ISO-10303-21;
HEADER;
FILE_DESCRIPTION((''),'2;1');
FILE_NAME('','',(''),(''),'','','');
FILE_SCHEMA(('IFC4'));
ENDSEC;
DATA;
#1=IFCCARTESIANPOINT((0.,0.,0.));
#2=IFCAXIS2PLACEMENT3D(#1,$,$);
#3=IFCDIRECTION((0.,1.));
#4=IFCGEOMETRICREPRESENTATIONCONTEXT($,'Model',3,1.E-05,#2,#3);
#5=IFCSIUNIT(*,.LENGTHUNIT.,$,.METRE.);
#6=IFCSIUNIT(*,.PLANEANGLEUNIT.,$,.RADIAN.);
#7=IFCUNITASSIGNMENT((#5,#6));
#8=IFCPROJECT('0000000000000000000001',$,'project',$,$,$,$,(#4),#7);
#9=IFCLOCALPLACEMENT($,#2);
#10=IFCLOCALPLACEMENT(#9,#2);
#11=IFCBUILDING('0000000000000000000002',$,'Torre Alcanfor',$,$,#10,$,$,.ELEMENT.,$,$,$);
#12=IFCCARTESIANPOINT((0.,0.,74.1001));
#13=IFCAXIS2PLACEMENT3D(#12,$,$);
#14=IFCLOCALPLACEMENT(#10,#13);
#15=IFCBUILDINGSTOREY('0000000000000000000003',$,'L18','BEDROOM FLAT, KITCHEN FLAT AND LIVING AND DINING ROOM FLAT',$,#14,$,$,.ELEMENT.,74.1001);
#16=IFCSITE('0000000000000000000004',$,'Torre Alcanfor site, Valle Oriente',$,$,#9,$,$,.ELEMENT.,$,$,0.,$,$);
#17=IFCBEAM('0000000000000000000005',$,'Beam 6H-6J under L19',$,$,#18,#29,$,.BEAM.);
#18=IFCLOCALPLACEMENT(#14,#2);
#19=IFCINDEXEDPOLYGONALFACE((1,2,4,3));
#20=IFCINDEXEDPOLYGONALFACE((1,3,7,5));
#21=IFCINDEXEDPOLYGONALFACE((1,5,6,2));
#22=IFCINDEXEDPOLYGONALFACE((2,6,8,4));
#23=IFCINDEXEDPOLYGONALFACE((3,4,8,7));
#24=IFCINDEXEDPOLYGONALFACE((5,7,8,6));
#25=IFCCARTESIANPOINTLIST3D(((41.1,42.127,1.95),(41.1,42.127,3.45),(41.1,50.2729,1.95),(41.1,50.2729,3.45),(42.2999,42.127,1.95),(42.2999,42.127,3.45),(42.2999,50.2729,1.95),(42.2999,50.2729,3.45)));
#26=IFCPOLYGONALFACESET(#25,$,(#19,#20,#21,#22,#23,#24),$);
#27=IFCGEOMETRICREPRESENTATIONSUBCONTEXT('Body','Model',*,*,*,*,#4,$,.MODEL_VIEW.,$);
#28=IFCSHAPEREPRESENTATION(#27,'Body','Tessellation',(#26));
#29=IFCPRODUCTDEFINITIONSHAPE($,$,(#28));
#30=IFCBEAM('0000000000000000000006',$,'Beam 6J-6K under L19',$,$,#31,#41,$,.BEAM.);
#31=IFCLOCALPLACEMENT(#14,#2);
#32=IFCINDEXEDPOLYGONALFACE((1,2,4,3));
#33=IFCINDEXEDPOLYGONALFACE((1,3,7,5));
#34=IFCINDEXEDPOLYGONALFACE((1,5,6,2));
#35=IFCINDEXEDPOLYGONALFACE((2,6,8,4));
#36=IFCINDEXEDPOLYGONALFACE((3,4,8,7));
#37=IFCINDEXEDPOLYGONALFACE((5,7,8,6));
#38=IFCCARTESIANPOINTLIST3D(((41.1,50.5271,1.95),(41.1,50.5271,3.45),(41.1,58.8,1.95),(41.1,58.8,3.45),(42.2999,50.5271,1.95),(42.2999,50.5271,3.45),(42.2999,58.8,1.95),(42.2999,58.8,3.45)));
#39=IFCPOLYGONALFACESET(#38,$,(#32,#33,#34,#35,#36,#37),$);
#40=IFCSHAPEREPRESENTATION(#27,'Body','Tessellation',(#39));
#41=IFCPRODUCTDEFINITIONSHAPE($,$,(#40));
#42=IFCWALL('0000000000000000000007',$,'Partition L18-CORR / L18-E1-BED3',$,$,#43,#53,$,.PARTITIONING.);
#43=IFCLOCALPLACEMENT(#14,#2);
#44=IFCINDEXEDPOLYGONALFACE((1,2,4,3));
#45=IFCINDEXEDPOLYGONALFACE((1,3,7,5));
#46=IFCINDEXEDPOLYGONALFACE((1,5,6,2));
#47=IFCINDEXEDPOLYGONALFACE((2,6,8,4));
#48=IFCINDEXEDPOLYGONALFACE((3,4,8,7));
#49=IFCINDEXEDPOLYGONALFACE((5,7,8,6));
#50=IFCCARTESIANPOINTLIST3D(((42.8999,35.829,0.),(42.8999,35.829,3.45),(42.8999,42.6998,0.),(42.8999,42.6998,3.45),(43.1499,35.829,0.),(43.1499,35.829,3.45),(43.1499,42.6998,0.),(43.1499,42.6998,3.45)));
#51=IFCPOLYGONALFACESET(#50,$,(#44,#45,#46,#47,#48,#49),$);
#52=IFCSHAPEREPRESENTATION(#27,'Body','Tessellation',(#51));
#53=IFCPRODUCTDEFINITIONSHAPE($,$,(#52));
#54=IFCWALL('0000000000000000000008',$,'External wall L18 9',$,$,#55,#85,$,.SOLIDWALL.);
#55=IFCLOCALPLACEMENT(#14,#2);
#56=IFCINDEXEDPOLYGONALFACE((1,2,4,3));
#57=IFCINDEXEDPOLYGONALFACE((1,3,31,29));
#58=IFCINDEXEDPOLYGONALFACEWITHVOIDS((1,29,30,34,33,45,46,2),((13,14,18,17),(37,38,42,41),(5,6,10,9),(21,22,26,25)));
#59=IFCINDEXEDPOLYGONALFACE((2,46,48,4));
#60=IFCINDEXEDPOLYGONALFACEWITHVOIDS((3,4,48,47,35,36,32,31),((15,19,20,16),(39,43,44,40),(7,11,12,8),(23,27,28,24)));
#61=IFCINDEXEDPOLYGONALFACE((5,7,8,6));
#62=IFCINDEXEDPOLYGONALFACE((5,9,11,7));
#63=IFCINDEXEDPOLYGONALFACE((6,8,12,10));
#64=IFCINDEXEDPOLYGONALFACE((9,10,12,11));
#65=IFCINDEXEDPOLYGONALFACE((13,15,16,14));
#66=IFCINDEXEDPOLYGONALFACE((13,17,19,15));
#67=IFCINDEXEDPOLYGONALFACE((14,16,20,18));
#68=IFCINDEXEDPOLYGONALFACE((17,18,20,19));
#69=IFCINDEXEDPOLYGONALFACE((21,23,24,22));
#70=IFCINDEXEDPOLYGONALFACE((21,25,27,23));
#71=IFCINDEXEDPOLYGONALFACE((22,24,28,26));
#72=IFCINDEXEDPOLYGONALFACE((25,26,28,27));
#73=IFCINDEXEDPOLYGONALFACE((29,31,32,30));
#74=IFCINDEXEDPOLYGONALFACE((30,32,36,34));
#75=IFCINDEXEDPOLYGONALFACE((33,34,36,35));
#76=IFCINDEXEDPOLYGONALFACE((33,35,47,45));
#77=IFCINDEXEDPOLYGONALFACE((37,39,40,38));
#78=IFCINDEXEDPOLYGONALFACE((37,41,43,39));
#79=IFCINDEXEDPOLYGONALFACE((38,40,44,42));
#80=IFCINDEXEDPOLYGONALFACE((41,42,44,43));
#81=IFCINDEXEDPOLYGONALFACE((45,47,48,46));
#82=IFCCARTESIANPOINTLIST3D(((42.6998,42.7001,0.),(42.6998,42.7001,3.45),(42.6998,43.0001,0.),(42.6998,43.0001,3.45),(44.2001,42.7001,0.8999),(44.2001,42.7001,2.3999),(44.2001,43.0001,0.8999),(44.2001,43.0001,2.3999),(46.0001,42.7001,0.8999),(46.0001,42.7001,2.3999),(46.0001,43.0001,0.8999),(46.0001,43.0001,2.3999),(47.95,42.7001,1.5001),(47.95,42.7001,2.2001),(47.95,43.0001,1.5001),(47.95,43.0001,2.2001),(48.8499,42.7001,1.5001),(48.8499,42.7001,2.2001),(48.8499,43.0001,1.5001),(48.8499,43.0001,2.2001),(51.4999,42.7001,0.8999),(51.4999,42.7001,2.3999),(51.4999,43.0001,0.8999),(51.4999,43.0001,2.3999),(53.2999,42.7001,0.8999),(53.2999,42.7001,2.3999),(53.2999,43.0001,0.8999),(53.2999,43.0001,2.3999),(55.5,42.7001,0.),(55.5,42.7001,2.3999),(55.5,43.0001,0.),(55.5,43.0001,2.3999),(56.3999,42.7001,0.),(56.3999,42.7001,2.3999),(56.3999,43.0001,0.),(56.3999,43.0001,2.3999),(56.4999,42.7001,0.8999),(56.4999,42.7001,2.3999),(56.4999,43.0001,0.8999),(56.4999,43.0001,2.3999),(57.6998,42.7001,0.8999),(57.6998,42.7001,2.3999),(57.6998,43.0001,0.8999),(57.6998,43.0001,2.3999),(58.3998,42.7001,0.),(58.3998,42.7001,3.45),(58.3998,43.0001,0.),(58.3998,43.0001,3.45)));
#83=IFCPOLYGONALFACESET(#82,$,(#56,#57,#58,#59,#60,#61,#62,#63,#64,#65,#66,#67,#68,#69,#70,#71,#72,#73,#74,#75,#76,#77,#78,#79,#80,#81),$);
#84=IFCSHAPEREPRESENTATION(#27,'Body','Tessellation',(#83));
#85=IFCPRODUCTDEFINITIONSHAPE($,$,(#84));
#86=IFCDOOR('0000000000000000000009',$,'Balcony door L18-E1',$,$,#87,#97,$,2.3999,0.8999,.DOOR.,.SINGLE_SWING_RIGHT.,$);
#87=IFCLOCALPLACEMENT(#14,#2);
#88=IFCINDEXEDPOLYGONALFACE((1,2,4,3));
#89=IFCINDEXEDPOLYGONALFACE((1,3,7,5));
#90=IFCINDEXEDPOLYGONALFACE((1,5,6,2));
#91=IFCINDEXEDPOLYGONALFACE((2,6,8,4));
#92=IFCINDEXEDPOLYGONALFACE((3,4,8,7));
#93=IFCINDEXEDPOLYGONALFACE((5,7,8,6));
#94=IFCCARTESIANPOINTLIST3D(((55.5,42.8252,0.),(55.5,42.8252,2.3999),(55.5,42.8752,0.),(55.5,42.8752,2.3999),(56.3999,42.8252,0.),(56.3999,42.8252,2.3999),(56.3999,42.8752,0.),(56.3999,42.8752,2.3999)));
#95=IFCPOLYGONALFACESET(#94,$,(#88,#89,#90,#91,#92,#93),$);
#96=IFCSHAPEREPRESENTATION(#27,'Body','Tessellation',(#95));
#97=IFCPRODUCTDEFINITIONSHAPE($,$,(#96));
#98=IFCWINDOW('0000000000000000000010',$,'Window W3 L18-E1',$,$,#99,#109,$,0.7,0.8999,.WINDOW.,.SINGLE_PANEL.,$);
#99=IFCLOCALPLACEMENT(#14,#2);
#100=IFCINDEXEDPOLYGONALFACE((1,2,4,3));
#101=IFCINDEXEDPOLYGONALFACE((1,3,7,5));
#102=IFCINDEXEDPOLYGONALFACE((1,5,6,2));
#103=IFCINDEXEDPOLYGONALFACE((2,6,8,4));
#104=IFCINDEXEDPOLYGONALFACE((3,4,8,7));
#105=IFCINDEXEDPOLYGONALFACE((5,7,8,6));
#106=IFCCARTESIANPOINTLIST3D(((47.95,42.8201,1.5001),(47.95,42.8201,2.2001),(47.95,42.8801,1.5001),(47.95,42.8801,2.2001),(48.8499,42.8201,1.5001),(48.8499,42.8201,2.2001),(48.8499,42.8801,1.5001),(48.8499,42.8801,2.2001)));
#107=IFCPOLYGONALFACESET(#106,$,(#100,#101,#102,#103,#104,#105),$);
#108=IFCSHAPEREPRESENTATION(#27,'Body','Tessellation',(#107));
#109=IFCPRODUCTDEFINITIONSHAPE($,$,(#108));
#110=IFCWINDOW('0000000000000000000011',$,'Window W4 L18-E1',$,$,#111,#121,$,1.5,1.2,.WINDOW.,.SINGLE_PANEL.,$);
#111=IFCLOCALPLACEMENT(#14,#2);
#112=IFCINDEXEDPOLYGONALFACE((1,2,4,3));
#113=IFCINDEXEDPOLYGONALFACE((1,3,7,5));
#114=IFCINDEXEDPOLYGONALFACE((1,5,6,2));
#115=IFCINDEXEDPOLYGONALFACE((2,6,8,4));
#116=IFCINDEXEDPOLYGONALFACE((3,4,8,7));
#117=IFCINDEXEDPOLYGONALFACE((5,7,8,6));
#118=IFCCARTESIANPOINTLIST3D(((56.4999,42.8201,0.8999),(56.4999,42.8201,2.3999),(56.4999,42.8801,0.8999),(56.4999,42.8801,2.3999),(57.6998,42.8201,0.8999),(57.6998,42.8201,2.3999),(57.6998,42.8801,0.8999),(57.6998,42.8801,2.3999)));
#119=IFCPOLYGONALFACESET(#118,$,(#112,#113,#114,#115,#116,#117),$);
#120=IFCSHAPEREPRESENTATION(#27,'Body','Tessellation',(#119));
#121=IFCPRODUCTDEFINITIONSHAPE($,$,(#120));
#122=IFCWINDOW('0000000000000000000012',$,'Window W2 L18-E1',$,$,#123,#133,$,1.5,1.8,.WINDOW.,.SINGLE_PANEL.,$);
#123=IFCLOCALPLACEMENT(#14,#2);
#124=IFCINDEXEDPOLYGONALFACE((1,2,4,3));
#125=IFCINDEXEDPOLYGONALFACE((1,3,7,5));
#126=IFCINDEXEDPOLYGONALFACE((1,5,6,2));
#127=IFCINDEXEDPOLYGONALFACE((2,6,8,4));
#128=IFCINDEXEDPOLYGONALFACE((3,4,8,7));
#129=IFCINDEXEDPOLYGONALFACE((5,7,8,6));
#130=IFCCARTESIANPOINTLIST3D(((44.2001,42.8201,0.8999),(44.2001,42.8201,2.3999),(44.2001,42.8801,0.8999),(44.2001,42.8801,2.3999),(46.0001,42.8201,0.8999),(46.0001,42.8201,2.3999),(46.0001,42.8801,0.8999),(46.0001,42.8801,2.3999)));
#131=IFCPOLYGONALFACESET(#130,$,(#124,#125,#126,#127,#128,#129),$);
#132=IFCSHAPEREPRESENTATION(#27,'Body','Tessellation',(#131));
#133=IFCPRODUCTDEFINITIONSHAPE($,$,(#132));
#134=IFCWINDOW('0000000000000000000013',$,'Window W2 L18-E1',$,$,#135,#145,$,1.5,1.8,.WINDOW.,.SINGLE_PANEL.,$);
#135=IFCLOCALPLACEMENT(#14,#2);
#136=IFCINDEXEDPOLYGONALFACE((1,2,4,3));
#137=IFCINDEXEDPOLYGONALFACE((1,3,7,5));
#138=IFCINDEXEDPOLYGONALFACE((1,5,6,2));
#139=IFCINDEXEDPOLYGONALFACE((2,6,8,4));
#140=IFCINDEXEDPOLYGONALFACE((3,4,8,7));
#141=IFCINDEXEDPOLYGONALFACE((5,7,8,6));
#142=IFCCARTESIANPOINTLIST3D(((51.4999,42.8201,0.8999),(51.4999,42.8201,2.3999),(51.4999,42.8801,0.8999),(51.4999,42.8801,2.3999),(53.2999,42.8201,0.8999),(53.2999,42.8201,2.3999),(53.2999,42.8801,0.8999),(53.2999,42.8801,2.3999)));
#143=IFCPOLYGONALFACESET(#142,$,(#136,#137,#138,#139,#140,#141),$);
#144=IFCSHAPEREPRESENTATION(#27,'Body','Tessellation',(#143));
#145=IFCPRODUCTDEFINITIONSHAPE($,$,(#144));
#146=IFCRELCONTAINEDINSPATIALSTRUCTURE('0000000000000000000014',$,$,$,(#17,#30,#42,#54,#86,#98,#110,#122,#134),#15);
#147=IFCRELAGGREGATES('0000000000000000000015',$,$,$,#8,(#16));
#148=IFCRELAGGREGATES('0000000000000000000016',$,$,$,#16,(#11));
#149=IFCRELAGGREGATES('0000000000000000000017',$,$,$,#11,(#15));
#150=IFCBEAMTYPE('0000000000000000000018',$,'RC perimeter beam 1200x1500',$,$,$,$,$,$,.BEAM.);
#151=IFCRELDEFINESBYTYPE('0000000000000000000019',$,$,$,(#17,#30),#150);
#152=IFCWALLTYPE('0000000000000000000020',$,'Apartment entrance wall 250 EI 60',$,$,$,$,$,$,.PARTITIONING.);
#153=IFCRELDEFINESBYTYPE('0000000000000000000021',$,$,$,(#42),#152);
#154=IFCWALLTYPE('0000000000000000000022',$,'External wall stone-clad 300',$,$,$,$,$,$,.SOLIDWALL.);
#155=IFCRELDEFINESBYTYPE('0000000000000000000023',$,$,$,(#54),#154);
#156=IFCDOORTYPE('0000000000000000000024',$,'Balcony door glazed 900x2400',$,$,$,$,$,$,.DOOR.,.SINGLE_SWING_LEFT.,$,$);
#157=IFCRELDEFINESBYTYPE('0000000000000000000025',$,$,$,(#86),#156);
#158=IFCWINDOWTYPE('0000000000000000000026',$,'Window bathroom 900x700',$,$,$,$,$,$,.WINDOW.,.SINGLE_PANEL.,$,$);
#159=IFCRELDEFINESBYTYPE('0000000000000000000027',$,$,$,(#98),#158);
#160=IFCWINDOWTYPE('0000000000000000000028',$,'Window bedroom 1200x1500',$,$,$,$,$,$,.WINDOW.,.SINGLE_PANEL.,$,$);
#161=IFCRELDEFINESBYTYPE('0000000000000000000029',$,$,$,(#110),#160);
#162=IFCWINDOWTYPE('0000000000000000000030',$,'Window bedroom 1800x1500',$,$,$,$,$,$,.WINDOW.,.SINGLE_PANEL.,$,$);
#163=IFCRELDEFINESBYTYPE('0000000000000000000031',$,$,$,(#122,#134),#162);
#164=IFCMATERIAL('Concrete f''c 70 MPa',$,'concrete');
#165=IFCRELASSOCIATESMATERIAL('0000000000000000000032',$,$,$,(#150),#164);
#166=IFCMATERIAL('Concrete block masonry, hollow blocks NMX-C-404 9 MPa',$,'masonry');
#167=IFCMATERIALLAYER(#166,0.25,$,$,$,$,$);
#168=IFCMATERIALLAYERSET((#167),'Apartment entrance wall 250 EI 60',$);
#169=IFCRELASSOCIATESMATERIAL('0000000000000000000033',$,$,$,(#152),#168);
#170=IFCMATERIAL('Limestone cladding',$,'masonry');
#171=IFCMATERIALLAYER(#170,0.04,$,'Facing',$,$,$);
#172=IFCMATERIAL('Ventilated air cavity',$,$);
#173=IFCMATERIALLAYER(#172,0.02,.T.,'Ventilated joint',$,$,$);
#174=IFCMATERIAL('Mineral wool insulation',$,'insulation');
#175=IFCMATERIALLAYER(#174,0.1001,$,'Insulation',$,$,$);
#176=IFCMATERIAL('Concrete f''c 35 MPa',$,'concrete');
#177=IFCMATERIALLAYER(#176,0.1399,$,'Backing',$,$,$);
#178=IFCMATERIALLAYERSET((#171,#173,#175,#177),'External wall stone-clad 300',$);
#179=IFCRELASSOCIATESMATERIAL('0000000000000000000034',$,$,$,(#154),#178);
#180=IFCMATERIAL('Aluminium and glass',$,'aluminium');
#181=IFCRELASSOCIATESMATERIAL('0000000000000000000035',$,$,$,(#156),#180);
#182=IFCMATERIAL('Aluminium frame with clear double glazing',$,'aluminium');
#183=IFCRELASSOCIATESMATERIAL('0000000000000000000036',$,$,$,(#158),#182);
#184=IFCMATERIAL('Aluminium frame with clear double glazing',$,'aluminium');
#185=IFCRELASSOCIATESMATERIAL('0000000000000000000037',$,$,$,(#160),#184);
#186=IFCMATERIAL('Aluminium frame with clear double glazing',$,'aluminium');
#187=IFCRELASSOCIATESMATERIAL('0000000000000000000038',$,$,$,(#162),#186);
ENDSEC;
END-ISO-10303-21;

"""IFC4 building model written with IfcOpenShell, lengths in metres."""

from ifc_helpers import new_model, si_unit, direction, frame, frame_2d, origin, origin_2d, place, context, subcontext, project, spatial, rectangle, extrude, material, layer, layer_set, material_profile, profile_set, type_object, element, fill, save


model = new_model("IFC4")

# Units and contexts
model_context = context("Model", 3, precision=1e-05, world=origin(), true_north=direction((0.0, 1.0)))
body_context = subcontext(model_context, "Body", "Model", "MODEL_VIEW")
ifc_project = project(units=[si_unit("LENGTHUNIT", "METRE"), si_unit("PLANEANGLEUNIT", "RADIAN")], contexts=[model_context])

# Site, building, storey
site_placement = place(None, origin())
site = spatial("IfcSite", under=ifc_project, at=site_placement, Name="Torre Alcanfor site, Valle Oriente", CompositionType="ELEMENT", RefElevation=0.0)
building_placement = place(site_placement, origin())
building = spatial("IfcBuilding", under=site, at=building_placement, Name="Torre Alcanfor", CompositionType="ELEMENT")
storey_placement = place(building_placement, frame((0.0, 0.0, 74.1001)))
storey = spatial("IfcBuildingStorey", under=building, at=storey_placement, Name="L18", Description="BEDROOM FLAT, KITCHEN FLAT AND LIVING AND DINING ROOM FLAT", CompositionType="ELEMENT", Elevation=74.1001)

# Beams
ifc_material_1 = material(Name="Concrete f'c 70 MPa", Category="concrete")
ifc_material_profile_1 = material_profile(ifc_material_1, rectangle(XDim=1.2, YDim=1.5, at=origin_2d()), Name="1200x1500")
ifc_profile_set_1 = profile_set([ifc_material_profile_1], Name="Concrete f'c 70 MPa")
beam_type_1 = type_object("IfcBeamType", Name="RC perimeter beam 1200x1500", PredefinedType="BEAM", material=ifc_profile_set_1)
beam_1_placement = place(storey_placement, frame((41.7, 42.127, 2.7), z_axis=(0.0, 1.0, 0.0), x_axis=(-1.0, 0.0, 0.0)))
element("IfcBeam", 1, at=beam_1_placement, inside=storey, type_object=beam_type_1, Name="Beam 6H-6J under L19", PredefinedType="BEAM", context=body_context, shape_type="SweptSolid", body=[
    extrude(rectangle(XDim=1.2, YDim=1.5, at=origin_2d()), origin(), (0.0, 0.0, 1.0), 8.146),
])
beam_2_placement = place(storey_placement, frame((41.7, 50.5271, 2.7), z_axis=(0.0, 1.0, 0.0), x_axis=(-1.0, 0.0, 0.0)))
element("IfcBeam", 2, at=beam_2_placement, inside=storey, type_object=beam_type_1, Name="Beam 6J-6K under L19", PredefinedType="BEAM", context=body_context, shape_type="SweptSolid", body=[
    extrude(rectangle(XDim=1.2, YDim=1.5, at=origin_2d()), origin(), (0.0, 0.0, 1.0), 8.2729),
])

# Wall
ifc_material_2 = material(Name="Concrete block masonry, hollow blocks NMX-C-404 9 MPa", Category="masonry")
ifc_layer_1 = layer(ifc_material_2, 0.25)
ifc_layer_set_1 = layer_set([ifc_layer_1], Name="Apartment entrance wall 250 EI 60")
wall_type_1 = type_object("IfcWallType", Name="Apartment entrance wall 250 EI 60", PredefinedType="PARTITIONING", material=ifc_layer_set_1)
wall_1_placement = place(storey_placement, frame((43.0249, 42.7, 0.0), z_axis=(0.0, 0.0, 1.0), x_axis=(0.0, -1.0, 0.0)))
element("IfcWall", 3, at=wall_1_placement, inside=storey, type_object=wall_type_1, Name="Partition L18-CORR / L18-E1-BED3", PredefinedType="PARTITIONING", context=body_context, shape_type="SweptSolid", body=[
    extrude(rectangle(XDim=6.8708, YDim=0.25, at=frame_2d((3.4355, 0.0))), origin(), (0.0, 0.0, 1.0), 3.45),
])

# Wall, openings, door, windows
ifc_material_3 = material(Name="Limestone cladding", Category="masonry")
ifc_layer_2 = layer(ifc_material_3, 0.04, Name="Facing")
ifc_material_4 = material(Name="Ventilated air cavity")
ifc_layer_3 = layer(ifc_material_4, 0.02, ventilated=True, Name="Ventilated joint")
ifc_material_5 = material(Name="Mineral wool insulation", Category="insulation")
ifc_layer_4 = layer(ifc_material_5, 0.1001, Name="Insulation")
ifc_material_6 = material(Name="Concrete f'c 35 MPa", Category="concrete")
ifc_layer_5 = layer(ifc_material_6, 0.1399, Name="Backing")
ifc_layer_set_2 = layer_set([ifc_layer_2, ifc_layer_3, ifc_layer_4, ifc_layer_5], Name="External wall stone-clad 300")
wall_type_2 = type_object("IfcWallType", Name="External wall stone-clad 300", PredefinedType="SOLIDWALL", material=ifc_layer_set_2)
wall_2_placement = place(storey_placement, frame((58.3999, 42.8501, 0.0), z_axis=(0.0, 0.0, 1.0), x_axis=(-1.0, 0.0, 0.0)))
wall_2 = element("IfcWall", 4, at=wall_2_placement, inside=storey, type_object=wall_type_2, Name="External wall L18 9", PredefinedType="SOLIDWALL", context=body_context, shape_type="SweptSolid", body=[
    extrude(rectangle(XDim=15.7, YDim=0.3, at=frame_2d((7.8501, 0.0))), origin(), (0.0, 0.0, 1.0), 3.45),
])
opening_1_placement = place(wall_2_placement, frame((12.3999, 0.0, 0.8999)))
opening_1 = element("IfcOpeningElement", 5, at=opening_1_placement, cuts=wall_2, PredefinedType="OPENING", context=body_context, shape_type="SweptSolid", body=[
    extrude(rectangle(XDim=1.8, YDim=1.5, at=frame_2d((0.8999, 0.75))), frame((0.0, 0.1599, 0.0), z_axis=(0.0, -1.0, 0.0), x_axis=(1.0, 0.0, 0.0)), (0.0, 0.0, 1.0), 0.3201),
])
opening_2_placement = place(wall_2_placement, frame((9.55, 0.0, 1.5)))
opening_2 = element("IfcOpeningElement", 6, at=opening_2_placement, cuts=wall_2, PredefinedType="OPENING", context=body_context, shape_type="SweptSolid", body=[
    extrude(rectangle(XDim=0.8999, YDim=0.7, at=frame_2d((0.45, 0.3501))), frame((0.0, 0.1599, 0.0), z_axis=(0.0, -1.0, 0.0), x_axis=(1.0, 0.0, 0.0)), (0.0, 0.0, 1.0), 0.3201),
])
opening_3_placement = place(wall_2_placement, frame((5.1001, 0.0, 0.8999)))
opening_3 = element("IfcOpeningElement", 7, at=opening_3_placement, cuts=wall_2, PredefinedType="OPENING", context=body_context, shape_type="SweptSolid", body=[
    extrude(rectangle(XDim=1.8, YDim=1.5, at=frame_2d((0.8999, 0.75))), frame((0.0, 0.1599, 0.0), z_axis=(0.0, -1.0, 0.0), x_axis=(1.0, 0.0, 0.0)), (0.0, 0.0, 1.0), 0.3201),
])
opening_4_placement = place(wall_2_placement, frame((2.0, 0.0, 0.0)))
opening_4 = element("IfcOpeningElement", 8, at=opening_4_placement, cuts=wall_2, PredefinedType="OPENING", context=body_context, shape_type="SweptSolid", body=[
    extrude(rectangle(XDim=0.8999, YDim=2.3999, at=frame_2d((0.45, 1.2))), frame((0.0, 0.1599, 0.0), z_axis=(0.0, -1.0, 0.0), x_axis=(1.0, 0.0, 0.0)), (0.0, 0.0, 1.0), 0.3201),
])
opening_5_placement = place(wall_2_placement, frame((0.7, 0.0, 0.8999)))
opening_5 = element("IfcOpeningElement", 9, at=opening_5_placement, cuts=wall_2, PredefinedType="OPENING", context=body_context, shape_type="SweptSolid", body=[
    extrude(rectangle(XDim=1.2, YDim=1.5, at=frame_2d((0.6001, 0.75))), frame((0.0, 0.1599, 0.0), z_axis=(0.0, -1.0, 0.0), x_axis=(1.0, 0.0, 0.0)), (0.0, 0.0, 1.0), 0.3201),
])
ifc_material_7 = material(Name="Aluminium and glass", Category="aluminium")
door_type = type_object("IfcDoorType", Name="Balcony door glazed 900x2400", OperationType="SINGLE_SWING_LEFT", PredefinedType="DOOR", material=ifc_material_7)
door_1_placement = place(opening_4_placement, origin())
door_1 = element("IfcDoor", 10, at=door_1_placement, inside=storey, type_object=door_type, Name="Balcony door L18-E1", OperationType="SINGLE_SWING_RIGHT", OverallHeight=2.3999, OverallWidth=0.8999, PredefinedType="DOOR", context=body_context, shape_type="SweptSolid", body=[
    extrude(rectangle(XDim=0.8999, YDim=2.3999, at=frame_2d((0.45, 1.2))), frame((0.0, 0.0249, 0.0), z_axis=(0.0, -1.0, 0.0), x_axis=(1.0, 0.0, 0.0)), (0.0, 0.0, 1.0), 0.05),
])
fill(opening_4, door_1)
ifc_material_8 = material(Name="Aluminium frame with clear double glazing", Category="aluminium")
window_type_1 = type_object("IfcWindowType", Name="Window bathroom 900x700", PartitioningType="SINGLE_PANEL", PredefinedType="WINDOW", material=ifc_material_8)
window_1_placement = place(opening_2_placement, origin())
window_1 = element("IfcWindow", 11, at=window_1_placement, inside=storey, type_object=window_type_1, Name="Window W3 L18-E1", OverallHeight=0.7, OverallWidth=0.8999, PartitioningType="SINGLE_PANEL", PredefinedType="WINDOW", context=body_context, shape_type="SweptSolid", body=[
    extrude(rectangle(XDim=0.8999, YDim=0.7, at=frame_2d((0.45, 0.3501))), frame((0.0, 0.03, 0.0), z_axis=(0.0, -1.0, 0.0), x_axis=(1.0, 0.0, 0.0)), (0.0, 0.0, 1.0), 0.0601),
])
fill(opening_2, window_1)
ifc_material_9 = material(Name="Aluminium frame with clear double glazing", Category="aluminium")
window_type_2 = type_object("IfcWindowType", Name="Window bedroom 1200x1500", PartitioningType="SINGLE_PANEL", PredefinedType="WINDOW", material=ifc_material_9)
window_2_placement = place(opening_5_placement, origin())
window_2 = element("IfcWindow", 12, at=window_2_placement, inside=storey, type_object=window_type_2, Name="Window W4 L18-E1", OverallHeight=1.5, OverallWidth=1.2, PartitioningType="SINGLE_PANEL", PredefinedType="WINDOW", context=body_context, shape_type="SweptSolid", body=[
    extrude(rectangle(XDim=1.2, YDim=1.5, at=frame_2d((0.6001, 0.75))), frame((0.0, 0.03, 0.0), z_axis=(0.0, -1.0, 0.0), x_axis=(1.0, 0.0, 0.0)), (0.0, 0.0, 1.0), 0.0601),
])
fill(opening_5, window_2)
ifc_material_10 = material(Name="Aluminium frame with clear double glazing", Category="aluminium")
window_type_3 = type_object("IfcWindowType", Name="Window bedroom 1800x1500", PartitioningType="SINGLE_PANEL", PredefinedType="WINDOW", material=ifc_material_10)
window_3_placement = place(opening_1_placement, origin())
window_3 = element("IfcWindow", 13, at=window_3_placement, inside=storey, type_object=window_type_3, Name="Window W2 L18-E1", OverallHeight=1.5, OverallWidth=1.8, PartitioningType="SINGLE_PANEL", PredefinedType="WINDOW", context=body_context, shape_type="SweptSolid", body=[
    extrude(rectangle(XDim=1.8, YDim=1.5, at=frame_2d((0.8999, 0.75))), frame((0.0, 0.03, 0.0), z_axis=(0.0, -1.0, 0.0), x_axis=(1.0, 0.0, 0.0)), (0.0, 0.0, 1.0), 0.0601),
])
fill(opening_1, window_3)
window_4_placement = place(opening_3_placement, origin())
window_4 = element("IfcWindow", 14, at=window_4_placement, inside=storey, type_object=window_type_3, Name="Window W2 L18-E1", OverallHeight=1.5, OverallWidth=1.8, PartitioningType="SINGLE_PANEL", PredefinedType="WINDOW", context=body_context, shape_type="SweptSolid", body=[
    extrude(rectangle(XDim=1.8, YDim=1.5, at=frame_2d((0.8999, 0.75))), frame((0.0, 0.03, 0.0), z_axis=(0.0, -1.0, 0.0), x_axis=(1.0, 0.0, 0.0)), (0.0, 0.0, 1.0), 0.0601),
])
fill(opening_3, window_4)

save(model, "model.ifc")
